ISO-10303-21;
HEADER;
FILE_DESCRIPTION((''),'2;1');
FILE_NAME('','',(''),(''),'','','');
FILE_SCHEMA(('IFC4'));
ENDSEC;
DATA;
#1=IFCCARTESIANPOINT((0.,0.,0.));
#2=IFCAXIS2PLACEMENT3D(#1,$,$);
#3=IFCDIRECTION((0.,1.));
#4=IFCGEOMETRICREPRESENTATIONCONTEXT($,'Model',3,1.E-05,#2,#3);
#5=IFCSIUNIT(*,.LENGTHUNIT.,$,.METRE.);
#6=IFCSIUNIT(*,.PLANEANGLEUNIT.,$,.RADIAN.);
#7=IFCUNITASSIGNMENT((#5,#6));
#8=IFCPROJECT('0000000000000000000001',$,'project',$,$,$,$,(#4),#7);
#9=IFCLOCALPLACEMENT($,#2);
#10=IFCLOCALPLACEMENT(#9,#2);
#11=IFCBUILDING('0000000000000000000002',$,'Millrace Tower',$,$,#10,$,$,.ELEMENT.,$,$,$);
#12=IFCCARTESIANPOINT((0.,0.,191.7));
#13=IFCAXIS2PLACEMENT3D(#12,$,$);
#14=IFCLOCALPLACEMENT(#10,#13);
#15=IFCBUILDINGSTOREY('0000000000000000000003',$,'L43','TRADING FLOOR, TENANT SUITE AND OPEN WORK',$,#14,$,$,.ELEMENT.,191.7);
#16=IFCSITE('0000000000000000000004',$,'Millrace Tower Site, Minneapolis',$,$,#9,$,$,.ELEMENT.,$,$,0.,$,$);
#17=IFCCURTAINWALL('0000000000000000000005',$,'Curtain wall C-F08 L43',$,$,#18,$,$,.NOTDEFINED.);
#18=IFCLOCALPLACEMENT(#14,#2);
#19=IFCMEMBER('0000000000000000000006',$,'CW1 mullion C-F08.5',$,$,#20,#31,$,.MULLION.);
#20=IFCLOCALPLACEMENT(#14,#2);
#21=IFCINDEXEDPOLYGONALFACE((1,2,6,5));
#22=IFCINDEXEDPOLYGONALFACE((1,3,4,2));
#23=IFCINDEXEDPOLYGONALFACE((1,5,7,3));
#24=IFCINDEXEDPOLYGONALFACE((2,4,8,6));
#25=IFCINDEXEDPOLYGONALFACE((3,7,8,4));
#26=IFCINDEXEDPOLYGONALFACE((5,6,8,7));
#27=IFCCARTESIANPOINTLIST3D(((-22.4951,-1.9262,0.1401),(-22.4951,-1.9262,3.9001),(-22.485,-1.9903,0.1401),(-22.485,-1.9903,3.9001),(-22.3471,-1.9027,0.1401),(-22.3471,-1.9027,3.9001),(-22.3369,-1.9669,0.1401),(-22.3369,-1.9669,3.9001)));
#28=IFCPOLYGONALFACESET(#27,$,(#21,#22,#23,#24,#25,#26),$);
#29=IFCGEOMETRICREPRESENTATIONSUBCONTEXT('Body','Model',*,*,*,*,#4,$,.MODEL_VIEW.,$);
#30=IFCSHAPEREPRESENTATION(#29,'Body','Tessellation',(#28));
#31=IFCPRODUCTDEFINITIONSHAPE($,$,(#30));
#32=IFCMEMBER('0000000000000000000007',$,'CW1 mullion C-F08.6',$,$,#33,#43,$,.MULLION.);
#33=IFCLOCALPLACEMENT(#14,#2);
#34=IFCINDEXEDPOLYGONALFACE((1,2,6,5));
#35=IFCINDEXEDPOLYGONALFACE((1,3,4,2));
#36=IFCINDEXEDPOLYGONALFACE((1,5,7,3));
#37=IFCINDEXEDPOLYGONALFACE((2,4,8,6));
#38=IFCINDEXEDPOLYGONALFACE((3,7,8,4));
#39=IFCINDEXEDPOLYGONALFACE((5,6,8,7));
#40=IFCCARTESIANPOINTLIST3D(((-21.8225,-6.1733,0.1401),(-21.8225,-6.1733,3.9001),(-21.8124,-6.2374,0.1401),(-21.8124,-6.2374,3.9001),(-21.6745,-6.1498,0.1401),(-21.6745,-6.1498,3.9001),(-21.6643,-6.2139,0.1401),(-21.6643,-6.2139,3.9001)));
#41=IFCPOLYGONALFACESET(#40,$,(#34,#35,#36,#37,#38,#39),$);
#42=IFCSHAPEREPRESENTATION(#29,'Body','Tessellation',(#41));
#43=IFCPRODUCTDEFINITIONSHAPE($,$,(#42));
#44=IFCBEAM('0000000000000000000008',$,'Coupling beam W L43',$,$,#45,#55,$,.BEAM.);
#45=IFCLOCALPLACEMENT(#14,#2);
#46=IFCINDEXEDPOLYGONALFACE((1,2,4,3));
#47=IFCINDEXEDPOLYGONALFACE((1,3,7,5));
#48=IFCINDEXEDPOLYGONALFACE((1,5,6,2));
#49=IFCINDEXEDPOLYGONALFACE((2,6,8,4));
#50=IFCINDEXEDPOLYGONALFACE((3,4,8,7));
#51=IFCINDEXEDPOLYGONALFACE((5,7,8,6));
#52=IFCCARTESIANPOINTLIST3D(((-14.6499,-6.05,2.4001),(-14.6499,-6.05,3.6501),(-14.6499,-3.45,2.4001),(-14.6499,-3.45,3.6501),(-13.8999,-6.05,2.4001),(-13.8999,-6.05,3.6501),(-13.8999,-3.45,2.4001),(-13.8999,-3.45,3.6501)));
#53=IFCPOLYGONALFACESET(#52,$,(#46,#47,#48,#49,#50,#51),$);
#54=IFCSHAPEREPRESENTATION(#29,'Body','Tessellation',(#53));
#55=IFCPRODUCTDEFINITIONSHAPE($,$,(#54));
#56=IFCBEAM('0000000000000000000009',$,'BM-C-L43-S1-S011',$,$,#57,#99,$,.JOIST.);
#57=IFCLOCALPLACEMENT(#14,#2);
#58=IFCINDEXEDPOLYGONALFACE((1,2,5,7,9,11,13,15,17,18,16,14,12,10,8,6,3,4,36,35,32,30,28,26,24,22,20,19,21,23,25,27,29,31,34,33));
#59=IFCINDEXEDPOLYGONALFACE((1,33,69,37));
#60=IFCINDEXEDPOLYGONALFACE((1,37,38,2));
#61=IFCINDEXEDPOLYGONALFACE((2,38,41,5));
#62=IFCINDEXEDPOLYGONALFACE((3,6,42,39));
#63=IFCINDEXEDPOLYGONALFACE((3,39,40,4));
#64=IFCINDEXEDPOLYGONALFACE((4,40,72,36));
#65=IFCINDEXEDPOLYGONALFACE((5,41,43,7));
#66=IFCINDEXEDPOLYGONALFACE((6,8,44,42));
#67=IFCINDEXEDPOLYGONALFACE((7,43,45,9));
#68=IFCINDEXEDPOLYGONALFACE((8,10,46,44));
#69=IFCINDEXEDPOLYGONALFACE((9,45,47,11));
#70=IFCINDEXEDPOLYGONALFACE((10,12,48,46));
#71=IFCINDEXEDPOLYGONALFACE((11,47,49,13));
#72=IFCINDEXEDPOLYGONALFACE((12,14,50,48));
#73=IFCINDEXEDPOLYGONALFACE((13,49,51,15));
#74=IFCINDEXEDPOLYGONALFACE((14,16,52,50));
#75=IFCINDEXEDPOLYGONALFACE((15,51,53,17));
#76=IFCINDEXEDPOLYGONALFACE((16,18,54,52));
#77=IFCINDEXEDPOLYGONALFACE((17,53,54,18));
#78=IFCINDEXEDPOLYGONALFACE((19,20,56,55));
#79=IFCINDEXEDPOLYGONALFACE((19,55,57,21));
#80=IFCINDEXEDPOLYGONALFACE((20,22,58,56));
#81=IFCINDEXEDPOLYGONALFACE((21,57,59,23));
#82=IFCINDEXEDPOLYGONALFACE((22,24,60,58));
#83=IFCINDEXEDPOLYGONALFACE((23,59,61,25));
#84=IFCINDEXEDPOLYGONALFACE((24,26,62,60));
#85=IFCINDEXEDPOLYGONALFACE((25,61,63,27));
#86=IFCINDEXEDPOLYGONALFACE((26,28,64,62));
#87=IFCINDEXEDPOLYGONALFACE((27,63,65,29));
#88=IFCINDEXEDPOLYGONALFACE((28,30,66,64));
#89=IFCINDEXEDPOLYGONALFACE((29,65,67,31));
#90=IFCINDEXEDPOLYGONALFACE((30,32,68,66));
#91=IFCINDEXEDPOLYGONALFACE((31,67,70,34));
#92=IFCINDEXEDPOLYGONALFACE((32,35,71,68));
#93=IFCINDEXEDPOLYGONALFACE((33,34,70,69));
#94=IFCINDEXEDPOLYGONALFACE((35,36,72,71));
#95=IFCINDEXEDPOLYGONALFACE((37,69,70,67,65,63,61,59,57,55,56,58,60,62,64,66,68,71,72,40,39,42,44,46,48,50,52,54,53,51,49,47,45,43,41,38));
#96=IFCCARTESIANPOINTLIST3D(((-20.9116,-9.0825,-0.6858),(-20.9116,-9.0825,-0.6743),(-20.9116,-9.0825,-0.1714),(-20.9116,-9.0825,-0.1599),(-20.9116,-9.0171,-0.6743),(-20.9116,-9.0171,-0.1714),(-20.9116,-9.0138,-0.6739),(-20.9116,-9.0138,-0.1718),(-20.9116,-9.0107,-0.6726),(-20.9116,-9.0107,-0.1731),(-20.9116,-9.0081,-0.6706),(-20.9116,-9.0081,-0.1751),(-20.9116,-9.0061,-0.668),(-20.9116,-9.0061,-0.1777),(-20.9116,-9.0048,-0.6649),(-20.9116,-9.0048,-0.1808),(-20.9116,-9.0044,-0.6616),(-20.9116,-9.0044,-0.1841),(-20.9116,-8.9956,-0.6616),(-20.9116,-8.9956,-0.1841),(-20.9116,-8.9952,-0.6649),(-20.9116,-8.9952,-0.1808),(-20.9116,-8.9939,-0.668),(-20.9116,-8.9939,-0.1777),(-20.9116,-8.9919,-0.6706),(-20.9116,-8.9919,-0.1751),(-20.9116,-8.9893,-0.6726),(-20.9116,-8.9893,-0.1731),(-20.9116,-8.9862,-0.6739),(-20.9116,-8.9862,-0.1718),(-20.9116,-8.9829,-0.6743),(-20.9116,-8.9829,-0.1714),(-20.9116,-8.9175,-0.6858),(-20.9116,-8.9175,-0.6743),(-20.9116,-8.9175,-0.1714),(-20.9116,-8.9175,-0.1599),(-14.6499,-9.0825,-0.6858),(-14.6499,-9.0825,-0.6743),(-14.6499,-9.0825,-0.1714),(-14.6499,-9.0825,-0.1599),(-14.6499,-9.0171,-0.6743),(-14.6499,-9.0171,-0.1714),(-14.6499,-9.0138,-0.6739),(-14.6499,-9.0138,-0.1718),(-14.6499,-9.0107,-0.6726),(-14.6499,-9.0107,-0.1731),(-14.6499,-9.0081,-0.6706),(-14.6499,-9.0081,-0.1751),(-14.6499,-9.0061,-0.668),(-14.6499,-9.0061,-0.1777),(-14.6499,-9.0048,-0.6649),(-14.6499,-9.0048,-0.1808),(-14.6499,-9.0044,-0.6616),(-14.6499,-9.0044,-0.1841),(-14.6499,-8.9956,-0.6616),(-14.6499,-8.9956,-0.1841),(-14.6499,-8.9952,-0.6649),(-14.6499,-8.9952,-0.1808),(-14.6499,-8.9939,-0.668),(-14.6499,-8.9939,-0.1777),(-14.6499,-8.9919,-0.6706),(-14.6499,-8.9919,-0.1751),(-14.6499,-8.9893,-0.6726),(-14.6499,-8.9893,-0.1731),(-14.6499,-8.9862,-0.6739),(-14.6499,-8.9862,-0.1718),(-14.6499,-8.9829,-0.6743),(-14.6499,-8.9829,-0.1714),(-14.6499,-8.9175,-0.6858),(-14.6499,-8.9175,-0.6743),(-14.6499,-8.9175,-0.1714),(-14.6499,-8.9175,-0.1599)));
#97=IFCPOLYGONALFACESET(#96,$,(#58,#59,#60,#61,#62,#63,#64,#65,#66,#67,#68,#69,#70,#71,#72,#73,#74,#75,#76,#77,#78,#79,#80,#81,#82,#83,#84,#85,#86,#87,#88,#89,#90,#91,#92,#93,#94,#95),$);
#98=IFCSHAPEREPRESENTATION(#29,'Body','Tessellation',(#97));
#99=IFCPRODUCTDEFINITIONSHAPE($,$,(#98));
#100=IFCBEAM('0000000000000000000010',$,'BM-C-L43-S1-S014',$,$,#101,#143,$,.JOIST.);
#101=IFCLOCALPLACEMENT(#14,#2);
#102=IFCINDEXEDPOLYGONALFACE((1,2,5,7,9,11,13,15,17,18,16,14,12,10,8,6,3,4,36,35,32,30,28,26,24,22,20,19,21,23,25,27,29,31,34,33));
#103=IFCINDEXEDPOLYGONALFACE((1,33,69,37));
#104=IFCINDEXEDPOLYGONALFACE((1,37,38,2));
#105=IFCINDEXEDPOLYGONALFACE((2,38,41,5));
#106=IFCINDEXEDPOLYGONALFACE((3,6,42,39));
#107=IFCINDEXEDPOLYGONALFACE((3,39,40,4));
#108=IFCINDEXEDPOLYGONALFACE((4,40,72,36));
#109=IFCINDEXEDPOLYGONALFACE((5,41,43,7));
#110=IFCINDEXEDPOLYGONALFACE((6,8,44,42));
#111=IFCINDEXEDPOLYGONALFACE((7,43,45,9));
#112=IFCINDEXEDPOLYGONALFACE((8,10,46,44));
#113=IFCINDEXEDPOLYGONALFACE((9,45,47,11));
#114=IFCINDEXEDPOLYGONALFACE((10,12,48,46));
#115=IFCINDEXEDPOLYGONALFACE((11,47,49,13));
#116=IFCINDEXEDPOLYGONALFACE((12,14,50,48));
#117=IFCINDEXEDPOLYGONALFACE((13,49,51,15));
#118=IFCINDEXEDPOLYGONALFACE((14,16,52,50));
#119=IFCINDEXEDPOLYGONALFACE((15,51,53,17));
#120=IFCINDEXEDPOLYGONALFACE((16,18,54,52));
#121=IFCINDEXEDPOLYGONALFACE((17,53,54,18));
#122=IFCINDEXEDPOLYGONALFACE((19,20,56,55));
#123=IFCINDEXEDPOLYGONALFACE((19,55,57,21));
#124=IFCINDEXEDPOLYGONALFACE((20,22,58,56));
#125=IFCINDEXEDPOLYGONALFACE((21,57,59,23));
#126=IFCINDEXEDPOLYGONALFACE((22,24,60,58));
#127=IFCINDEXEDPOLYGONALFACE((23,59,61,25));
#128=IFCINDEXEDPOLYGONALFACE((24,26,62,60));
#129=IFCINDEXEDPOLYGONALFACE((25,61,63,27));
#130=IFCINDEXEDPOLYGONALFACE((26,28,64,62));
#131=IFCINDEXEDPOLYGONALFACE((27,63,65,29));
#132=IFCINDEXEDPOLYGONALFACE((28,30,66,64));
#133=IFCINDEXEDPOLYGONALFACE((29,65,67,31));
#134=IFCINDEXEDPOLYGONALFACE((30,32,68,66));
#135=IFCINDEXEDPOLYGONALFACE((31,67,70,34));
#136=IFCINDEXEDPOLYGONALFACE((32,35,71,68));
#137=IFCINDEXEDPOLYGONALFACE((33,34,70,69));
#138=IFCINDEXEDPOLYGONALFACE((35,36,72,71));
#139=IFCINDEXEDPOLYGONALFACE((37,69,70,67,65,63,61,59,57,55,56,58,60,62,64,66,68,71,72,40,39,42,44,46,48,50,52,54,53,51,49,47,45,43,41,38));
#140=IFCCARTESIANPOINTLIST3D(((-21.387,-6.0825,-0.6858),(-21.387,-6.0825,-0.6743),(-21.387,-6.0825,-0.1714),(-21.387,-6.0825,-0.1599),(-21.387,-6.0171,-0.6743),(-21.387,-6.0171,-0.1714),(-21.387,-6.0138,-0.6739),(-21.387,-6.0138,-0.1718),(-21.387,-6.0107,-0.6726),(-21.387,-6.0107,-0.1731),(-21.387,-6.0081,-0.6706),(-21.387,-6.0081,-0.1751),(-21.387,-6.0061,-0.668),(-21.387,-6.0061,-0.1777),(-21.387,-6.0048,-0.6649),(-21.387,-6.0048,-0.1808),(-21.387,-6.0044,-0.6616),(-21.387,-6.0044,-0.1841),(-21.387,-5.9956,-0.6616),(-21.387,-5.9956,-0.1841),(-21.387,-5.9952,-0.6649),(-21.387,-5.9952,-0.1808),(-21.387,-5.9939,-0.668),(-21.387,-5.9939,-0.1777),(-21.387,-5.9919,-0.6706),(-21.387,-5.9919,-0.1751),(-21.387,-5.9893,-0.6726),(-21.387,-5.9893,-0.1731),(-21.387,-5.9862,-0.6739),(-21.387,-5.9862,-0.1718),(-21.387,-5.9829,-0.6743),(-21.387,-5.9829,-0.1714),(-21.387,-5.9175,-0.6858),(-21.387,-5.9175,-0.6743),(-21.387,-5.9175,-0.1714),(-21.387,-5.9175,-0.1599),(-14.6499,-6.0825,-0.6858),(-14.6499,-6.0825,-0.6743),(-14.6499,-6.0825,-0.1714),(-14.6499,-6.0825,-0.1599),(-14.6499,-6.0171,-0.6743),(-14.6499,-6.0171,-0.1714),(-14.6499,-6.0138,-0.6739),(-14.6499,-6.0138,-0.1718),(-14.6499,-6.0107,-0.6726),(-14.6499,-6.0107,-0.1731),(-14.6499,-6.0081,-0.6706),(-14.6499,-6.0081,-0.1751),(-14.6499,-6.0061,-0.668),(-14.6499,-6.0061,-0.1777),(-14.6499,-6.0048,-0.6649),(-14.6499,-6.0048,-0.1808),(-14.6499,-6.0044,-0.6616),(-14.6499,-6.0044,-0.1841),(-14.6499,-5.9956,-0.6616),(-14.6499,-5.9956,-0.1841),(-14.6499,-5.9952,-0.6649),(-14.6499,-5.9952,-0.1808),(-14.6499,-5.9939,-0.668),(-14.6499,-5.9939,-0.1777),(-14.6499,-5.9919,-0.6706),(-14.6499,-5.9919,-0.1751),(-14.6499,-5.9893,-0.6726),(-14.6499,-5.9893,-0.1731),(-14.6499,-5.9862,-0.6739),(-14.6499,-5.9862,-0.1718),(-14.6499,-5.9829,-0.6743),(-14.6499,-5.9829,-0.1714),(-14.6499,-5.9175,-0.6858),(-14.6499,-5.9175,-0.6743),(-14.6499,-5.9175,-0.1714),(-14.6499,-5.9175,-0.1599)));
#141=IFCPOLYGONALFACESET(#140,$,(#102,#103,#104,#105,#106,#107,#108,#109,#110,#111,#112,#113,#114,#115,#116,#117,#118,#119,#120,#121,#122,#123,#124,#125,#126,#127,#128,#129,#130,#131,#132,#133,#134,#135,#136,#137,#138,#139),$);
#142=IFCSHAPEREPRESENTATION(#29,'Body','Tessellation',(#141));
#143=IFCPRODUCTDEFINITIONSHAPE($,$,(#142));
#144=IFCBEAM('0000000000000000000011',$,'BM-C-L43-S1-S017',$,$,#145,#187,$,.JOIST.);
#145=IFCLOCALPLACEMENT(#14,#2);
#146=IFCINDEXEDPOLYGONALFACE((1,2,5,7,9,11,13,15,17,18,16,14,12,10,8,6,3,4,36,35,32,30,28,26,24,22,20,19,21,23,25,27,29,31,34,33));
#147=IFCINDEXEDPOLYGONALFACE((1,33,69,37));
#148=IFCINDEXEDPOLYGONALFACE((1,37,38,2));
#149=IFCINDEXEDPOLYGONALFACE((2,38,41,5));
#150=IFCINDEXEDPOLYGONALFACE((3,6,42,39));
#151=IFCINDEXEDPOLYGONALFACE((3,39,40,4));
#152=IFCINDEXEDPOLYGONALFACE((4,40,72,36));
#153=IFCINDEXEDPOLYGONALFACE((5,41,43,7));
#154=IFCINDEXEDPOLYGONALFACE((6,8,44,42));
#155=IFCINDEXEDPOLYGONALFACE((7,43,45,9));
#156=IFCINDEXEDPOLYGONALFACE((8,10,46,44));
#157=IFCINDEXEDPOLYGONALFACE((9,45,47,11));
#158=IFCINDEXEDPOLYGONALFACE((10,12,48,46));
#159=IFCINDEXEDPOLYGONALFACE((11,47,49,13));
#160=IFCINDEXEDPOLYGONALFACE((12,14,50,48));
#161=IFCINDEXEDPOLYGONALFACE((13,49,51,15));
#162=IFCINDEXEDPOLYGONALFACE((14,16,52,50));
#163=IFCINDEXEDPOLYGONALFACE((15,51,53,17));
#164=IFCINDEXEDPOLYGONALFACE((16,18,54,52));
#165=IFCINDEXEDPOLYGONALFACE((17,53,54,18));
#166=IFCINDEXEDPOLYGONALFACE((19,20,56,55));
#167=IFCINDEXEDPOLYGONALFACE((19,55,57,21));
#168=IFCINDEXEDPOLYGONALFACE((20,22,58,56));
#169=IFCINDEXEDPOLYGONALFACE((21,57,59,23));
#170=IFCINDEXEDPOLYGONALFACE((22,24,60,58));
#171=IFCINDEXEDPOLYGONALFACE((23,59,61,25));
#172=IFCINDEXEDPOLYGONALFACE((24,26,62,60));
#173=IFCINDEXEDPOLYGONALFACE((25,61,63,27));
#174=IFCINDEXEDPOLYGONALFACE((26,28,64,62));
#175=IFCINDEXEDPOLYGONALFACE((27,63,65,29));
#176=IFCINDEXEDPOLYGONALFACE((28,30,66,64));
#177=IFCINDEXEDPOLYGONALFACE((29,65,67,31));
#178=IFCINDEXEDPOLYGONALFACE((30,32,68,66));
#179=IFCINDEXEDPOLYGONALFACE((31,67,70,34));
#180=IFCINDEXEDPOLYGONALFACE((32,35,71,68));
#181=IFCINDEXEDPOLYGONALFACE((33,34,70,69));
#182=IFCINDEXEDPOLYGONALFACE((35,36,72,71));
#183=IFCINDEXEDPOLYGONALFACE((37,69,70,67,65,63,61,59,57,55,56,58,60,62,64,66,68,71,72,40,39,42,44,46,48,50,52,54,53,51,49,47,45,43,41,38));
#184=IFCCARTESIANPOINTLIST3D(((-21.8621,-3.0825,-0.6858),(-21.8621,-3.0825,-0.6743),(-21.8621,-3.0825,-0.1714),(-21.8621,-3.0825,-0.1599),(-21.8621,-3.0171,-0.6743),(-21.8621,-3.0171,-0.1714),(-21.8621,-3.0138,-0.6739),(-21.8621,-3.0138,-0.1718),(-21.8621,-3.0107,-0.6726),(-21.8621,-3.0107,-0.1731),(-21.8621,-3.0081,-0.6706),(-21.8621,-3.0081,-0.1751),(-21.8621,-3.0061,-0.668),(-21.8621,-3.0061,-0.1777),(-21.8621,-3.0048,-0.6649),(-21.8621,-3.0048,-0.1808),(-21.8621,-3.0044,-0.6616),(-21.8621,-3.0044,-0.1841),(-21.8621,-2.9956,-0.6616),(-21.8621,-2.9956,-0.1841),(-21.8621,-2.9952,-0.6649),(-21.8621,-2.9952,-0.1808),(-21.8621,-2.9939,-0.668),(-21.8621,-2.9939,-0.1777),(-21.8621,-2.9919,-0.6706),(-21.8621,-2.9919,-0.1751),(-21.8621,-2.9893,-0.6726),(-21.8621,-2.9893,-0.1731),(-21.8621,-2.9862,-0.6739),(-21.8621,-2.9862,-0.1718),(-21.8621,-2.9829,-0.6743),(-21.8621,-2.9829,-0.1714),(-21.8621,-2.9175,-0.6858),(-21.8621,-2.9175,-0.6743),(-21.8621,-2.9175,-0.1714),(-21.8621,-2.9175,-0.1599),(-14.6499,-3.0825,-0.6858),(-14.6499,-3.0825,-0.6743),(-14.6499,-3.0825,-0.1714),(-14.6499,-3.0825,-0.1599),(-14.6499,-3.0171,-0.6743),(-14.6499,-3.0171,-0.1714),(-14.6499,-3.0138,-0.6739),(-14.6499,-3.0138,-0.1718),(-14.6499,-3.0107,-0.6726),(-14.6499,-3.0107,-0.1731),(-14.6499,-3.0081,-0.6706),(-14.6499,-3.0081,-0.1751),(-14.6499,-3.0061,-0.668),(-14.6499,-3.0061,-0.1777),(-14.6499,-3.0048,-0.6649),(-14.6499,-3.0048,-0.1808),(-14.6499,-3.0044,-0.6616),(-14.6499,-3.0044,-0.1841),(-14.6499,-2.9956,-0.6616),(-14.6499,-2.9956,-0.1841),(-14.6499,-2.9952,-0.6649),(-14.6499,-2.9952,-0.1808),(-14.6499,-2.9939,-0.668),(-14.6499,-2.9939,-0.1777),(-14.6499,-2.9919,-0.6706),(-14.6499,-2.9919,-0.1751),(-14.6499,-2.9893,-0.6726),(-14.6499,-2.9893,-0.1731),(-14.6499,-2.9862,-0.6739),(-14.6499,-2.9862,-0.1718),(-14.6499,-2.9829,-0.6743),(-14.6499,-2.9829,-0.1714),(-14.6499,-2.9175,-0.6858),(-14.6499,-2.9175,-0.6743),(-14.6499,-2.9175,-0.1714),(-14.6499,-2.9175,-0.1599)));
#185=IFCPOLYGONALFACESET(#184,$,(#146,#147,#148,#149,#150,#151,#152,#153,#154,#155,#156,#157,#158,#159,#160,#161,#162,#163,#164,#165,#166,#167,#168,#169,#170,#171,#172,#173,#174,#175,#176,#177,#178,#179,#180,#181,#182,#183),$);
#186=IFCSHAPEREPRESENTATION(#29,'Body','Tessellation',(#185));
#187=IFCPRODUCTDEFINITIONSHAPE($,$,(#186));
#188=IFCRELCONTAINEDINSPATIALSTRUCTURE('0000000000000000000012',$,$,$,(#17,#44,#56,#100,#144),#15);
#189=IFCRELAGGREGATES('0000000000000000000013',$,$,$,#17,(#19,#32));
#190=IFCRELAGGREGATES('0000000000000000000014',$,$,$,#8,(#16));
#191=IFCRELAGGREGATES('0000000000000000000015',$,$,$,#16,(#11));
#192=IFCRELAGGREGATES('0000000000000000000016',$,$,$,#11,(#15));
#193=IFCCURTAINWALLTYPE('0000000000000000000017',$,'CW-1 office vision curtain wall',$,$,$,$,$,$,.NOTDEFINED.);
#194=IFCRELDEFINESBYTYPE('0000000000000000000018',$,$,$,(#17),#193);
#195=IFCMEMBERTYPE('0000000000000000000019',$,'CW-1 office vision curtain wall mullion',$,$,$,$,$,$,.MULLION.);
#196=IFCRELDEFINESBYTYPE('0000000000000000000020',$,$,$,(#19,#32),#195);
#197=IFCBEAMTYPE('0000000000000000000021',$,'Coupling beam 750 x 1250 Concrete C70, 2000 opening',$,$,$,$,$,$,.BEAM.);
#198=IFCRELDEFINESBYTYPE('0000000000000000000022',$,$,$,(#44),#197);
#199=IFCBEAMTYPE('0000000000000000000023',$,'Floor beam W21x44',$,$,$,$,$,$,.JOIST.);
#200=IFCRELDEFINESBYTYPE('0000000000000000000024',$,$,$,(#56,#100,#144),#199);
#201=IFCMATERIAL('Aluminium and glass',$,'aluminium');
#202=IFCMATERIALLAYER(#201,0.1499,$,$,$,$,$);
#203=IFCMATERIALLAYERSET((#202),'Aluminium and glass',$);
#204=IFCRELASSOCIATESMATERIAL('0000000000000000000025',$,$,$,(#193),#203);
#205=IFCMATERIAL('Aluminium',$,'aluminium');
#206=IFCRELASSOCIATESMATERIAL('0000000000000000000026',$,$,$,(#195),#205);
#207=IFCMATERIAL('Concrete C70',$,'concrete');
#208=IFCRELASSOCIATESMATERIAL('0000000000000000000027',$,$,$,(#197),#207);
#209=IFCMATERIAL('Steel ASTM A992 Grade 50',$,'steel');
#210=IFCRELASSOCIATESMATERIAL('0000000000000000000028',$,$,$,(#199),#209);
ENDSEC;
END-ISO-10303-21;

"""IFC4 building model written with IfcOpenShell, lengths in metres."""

from ifc_helpers import new_model, si_unit, direction, frame, origin, origin_2d, place, context, subcontext, project, spatial, rectangle, i_section, extrude, material, layer, layer_set, material_profile, profile_set, type_object, element, aggregate, save


model = new_model("IFC4")

# Units and contexts
model_context = context("Model", 3, precision=1e-05, world=origin(), true_north=direction((0.0, 1.0)))
body_context = subcontext(model_context, "Body", "Model", "MODEL_VIEW")
ifc_project = project(units=[si_unit("LENGTHUNIT", "METRE"), si_unit("PLANEANGLEUNIT", "RADIAN")], contexts=[model_context])

# Site, building, storey
site_placement = place(None, origin())
site = spatial("IfcSite", under=ifc_project, at=site_placement, Name="Millrace Tower Site, Minneapolis", CompositionType="ELEMENT", RefElevation=0.0)
building_placement = place(site_placement, origin())
building = spatial("IfcBuilding", under=site, at=building_placement, Name="Millrace Tower", CompositionType="ELEMENT")
storey_placement = place(building_placement, frame((0.0, 0.0, 191.7)))
storey = spatial("IfcBuildingStorey", under=building, at=storey_placement, Name="L43", Description="TRADING FLOOR, TENANT SUITE AND OPEN WORK", CompositionType="ELEMENT", Elevation=191.7)

# Curtain wall, members
ifc_material_1 = material(Name="Aluminium and glass", Category="aluminium")
ifc_layer_1 = layer(ifc_material_1, 0.1499)
ifc_layer_set_1 = layer_set([ifc_layer_1], Name="Aluminium and glass")
curtain_wall_type = type_object("IfcCurtainWallType", Name="CW-1 office vision curtain wall", PredefinedType="NOTDEFINED", material=ifc_layer_set_1)
curtain_wall_placement = place(storey_placement, origin())
curtain_wall = element("IfcCurtainWall", 1, at=curtain_wall_placement, inside=storey, type_object=curtain_wall_type, Name="Curtain wall C-F08 L43", PredefinedType="NOTDEFINED")
ifc_material_2 = material(Name="Aluminium", Category="aluminium")
ifc_material_profile_1 = material_profile(ifc_material_2, rectangle(XDim=0.0649, YDim=0.1499, at=origin_2d()))
ifc_profile_set_1 = profile_set([ifc_material_profile_1], Name="Aluminium")
member_type = type_object("IfcMemberType", Name="CW-1 office vision curtain wall mullion", PredefinedType="MULLION", material=ifc_profile_set_1)
member_1_placement = place(storey_placement, frame((-22.416, -1.9465, 0.1401), z_axis=(0.0, 0.0, 1.0), x_axis=(0.156434, -0.987688, 0.0)))
member_1 = element("IfcMember", 2, at=member_1_placement, type_object=member_type, Name="CW1 mullion C-F08.5", PredefinedType="MULLION", context=body_context, shape_type="SweptSolid", body=[
    extrude(rectangle(XDim=0.0649, YDim=0.1499, at=origin_2d()), origin(), (0.0, 0.0, 1.0), 3.76),
])
member_2_placement = place(storey_placement, frame((-21.7434, -6.1936, 0.1401), z_axis=(0.0, 0.0, 1.0), x_axis=(0.156434, -0.987688, 0.0)))
member_2 = element("IfcMember", 3, at=member_2_placement, type_object=member_type, Name="CW1 mullion C-F08.6", PredefinedType="MULLION", context=body_context, shape_type="SweptSolid", body=[
    extrude(rectangle(XDim=0.0649, YDim=0.1499, at=origin_2d()), origin(), (0.0, 0.0, 1.0), 3.76),
])
aggregate(curtain_wall, [member_1, member_2])

# Beams
ifc_material_3 = material(Name="Concrete C70", Category="concrete")
ifc_material_profile_2 = material_profile(ifc_material_3, rectangle(XDim=0.75, YDim=1.25, at=origin_2d()))
ifc_profile_set_2 = profile_set([ifc_material_profile_2], Name="Concrete C70")
beam_type_1 = type_object("IfcBeamType", Name="Coupling beam 750 x 1250 Concrete C70, 2000 opening", PredefinedType="BEAM", material=ifc_profile_set_2)
beam_1_placement = place(storey_placement, frame((-14.2749, -6.05, 3.0251), z_axis=(0.0, 1.0, 0.0), x_axis=(-1.0, 0.0, 0.0)))
element("IfcBeam", 4, at=beam_1_placement, inside=storey, type_object=beam_type_1, Name="Coupling beam W L43", PredefinedType="BEAM", context=body_context, shape_type="SweptSolid", body=[
    extrude(rectangle(XDim=0.75, YDim=1.25, at=origin_2d()), origin(), (0.0, 0.0, 1.0), 2.6001),
])
ifc_material_4 = material(Name="Steel ASTM A992 Grade 50", Category="steel")
ifc_material_profile_3 = material_profile(ifc_material_4, i_section(OverallWidth=0.165, OverallDepth=0.5259, WebThickness=0.0088, FlangeThickness=0.0115, FilletRadius=0.0127, at=origin_2d()))
ifc_profile_set_3 = profile_set([ifc_material_profile_3], Name="Steel ASTM A992 Grade 50")
beam_type_2 = type_object("IfcBeamType", Name="Floor beam W21x44", PredefinedType="JOIST", material=ifc_profile_set_3)
beam_2_placement = place(storey_placement, frame((-20.9116, -9.0, -0.4229), z_axis=(1.0, 0.0, 0.0), x_axis=(0.0, 1.0, 0.0)))
element("IfcBeam", 5, at=beam_2_placement, inside=storey, type_object=beam_type_2, Name="BM-C-L43-S1-S011", PredefinedType="JOIST", context=body_context, shape_type="SweptSolid", body=[
    extrude(i_section(OverallWidth=0.165, OverallDepth=0.5259, WebThickness=0.0088, FlangeThickness=0.0115, FilletRadius=0.0127, at=origin_2d()), origin(), (0.0, 0.0, 1.0), 6.2617),
])
beam_3_placement = place(storey_placement, frame((-21.387, -6.0, -0.4229), z_axis=(1.0, 0.0, 0.0), x_axis=(0.0, 1.0, 0.0)))
element("IfcBeam", 6, at=beam_3_placement, inside=storey, type_object=beam_type_2, Name="BM-C-L43-S1-S014", PredefinedType="JOIST", context=body_context, shape_type="SweptSolid", body=[
    extrude(i_section(OverallWidth=0.165, OverallDepth=0.5259, WebThickness=0.0088, FlangeThickness=0.0115, FilletRadius=0.0127, at=origin_2d()), origin(), (0.0, 0.0, 1.0), 6.7371),
])
beam_4_placement = place(storey_placement, frame((-21.8621, -3.0, -0.4229), z_axis=(1.0, 0.0, 0.0), x_axis=(0.0, 1.0, 0.0)))
element("IfcBeam", 7, at=beam_4_placement, inside=storey, type_object=beam_type_2, Name="BM-C-L43-S1-S017", PredefinedType="JOIST", context=body_context, shape_type="SweptSolid", body=[
    extrude(i_section(OverallWidth=0.165, OverallDepth=0.5259, WebThickness=0.0088, FlangeThickness=0.0115, FilletRadius=0.0127, at=origin_2d()), origin(), (0.0, 0.0, 1.0), 7.2122),
])

save(model, "model.ifc")
